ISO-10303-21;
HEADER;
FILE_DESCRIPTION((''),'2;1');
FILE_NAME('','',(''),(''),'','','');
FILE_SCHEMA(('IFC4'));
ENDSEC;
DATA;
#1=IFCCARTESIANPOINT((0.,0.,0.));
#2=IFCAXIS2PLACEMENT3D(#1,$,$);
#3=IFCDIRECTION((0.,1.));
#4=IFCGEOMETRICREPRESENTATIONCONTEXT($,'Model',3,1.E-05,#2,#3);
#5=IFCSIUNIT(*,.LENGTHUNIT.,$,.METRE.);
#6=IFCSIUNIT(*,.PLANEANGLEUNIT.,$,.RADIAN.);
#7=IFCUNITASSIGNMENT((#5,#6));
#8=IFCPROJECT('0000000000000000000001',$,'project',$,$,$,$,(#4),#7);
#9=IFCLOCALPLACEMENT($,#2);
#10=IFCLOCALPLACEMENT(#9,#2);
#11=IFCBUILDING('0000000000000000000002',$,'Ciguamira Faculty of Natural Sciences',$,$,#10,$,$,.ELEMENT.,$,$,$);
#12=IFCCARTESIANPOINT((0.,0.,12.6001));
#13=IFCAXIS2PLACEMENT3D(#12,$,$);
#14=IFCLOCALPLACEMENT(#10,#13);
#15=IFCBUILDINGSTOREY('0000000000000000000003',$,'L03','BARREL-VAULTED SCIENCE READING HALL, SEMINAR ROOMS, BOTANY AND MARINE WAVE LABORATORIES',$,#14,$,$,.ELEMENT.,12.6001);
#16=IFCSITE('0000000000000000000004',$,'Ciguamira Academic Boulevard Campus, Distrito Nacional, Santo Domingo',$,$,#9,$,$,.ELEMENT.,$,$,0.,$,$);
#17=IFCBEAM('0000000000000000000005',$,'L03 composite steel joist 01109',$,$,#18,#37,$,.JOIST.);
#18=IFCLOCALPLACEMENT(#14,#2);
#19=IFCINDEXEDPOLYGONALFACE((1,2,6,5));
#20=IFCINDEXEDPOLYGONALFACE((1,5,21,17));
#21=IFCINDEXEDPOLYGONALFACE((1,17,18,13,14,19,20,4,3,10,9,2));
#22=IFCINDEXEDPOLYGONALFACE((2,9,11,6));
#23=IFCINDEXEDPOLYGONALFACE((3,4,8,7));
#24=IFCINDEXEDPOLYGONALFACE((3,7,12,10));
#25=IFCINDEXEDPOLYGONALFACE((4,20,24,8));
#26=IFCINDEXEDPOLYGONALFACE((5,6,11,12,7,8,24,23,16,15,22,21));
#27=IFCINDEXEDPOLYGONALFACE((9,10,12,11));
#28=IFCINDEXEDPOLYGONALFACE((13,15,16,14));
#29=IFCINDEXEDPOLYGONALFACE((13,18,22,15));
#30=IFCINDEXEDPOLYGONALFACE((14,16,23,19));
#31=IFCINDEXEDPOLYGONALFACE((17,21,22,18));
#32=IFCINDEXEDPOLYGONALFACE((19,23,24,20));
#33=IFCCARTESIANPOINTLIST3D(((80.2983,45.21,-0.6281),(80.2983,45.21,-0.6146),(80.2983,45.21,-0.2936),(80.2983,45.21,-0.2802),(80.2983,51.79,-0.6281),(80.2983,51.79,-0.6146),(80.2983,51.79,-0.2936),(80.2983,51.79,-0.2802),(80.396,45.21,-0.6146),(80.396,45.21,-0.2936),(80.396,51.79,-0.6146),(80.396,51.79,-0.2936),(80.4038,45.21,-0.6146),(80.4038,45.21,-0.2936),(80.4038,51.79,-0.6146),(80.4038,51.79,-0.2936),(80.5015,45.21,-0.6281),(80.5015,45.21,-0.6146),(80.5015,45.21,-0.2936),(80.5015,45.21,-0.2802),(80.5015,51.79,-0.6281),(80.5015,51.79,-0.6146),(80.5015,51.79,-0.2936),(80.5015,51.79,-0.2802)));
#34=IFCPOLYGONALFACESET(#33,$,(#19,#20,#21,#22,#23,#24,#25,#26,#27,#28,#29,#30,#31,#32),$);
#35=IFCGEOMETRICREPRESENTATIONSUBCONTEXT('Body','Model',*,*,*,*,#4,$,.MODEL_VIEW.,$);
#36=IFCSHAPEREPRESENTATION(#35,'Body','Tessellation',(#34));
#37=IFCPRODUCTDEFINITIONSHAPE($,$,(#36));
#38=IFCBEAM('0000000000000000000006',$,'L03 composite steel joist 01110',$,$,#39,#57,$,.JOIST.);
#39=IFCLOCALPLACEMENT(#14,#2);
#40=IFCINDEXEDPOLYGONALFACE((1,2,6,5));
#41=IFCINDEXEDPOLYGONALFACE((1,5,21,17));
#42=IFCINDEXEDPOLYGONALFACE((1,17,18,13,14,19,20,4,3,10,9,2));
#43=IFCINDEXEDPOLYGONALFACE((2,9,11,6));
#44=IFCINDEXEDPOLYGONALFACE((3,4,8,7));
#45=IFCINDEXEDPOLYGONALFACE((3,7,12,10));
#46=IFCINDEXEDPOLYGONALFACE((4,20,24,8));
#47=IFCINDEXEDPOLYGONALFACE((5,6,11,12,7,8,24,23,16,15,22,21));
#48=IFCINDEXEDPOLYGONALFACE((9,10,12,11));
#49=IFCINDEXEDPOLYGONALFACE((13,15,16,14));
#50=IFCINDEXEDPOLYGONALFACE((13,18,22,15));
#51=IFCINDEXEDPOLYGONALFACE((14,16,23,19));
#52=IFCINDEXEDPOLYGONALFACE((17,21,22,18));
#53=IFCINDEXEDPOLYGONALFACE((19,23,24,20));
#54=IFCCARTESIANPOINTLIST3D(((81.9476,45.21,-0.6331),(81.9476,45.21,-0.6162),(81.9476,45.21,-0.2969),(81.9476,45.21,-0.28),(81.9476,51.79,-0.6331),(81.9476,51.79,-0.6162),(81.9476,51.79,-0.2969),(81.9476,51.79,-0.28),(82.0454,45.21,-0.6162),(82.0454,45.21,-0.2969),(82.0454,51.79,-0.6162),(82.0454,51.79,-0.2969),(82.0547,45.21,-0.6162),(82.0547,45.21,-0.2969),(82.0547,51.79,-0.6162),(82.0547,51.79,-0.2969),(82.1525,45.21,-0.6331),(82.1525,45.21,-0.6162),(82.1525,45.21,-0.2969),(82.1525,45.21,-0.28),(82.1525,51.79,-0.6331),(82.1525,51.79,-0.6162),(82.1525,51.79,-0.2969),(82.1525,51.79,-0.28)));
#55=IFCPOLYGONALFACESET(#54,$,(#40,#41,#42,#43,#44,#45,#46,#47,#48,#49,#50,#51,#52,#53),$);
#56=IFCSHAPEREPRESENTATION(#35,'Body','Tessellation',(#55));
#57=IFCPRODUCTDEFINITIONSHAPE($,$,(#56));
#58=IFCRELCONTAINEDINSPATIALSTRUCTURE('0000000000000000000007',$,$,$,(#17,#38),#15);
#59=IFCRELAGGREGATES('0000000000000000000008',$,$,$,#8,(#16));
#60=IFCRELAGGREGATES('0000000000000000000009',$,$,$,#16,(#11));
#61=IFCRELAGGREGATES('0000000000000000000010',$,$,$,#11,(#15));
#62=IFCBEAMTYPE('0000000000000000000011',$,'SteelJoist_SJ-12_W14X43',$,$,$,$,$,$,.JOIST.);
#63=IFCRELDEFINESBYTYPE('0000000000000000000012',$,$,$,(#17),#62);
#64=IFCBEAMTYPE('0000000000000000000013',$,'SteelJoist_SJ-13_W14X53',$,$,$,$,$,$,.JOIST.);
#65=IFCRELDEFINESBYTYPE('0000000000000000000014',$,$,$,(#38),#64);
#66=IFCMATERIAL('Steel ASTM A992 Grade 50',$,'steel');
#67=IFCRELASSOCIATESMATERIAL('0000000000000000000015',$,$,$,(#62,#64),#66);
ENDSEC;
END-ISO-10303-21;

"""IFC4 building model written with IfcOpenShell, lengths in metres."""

from ifc_helpers import new_model, si_unit, direction, frame, origin, origin_2d, place, context, subcontext, project, spatial, i_section, extrude, material, material_profile, profile_set, type_object, element, save


model = new_model("IFC4")

# Units and contexts
model_context = context("Model", 3, precision=1e-05, world=origin(), true_north=direction((0.0, 1.0)))
body_context = subcontext(model_context, "Body", "Model", "MODEL_VIEW")
ifc_project = project(units=[si_unit("LENGTHUNIT", "METRE"), si_unit("PLANEANGLEUNIT", "RADIAN")], contexts=[model_context])

# Site, building, storey
site_placement = place(None, origin())
site = spatial("IfcSite", under=ifc_project, at=site_placement, Name="Ciguamira Academic Boulevard Campus, Distrito Nacional, Santo Domingo", CompositionType="ELEMENT", RefElevation=0.0)
building_placement = place(site_placement, origin())
building = spatial("IfcBuilding", under=site, at=building_placement, Name="Ciguamira Faculty of Natural Sciences", CompositionType="ELEMENT")
storey_placement = place(building_placement, frame((0.0, 0.0, 12.6001)))
storey = spatial("IfcBuildingStorey", under=building, at=storey_placement, Name="L03", Description="BARREL-VAULTED SCIENCE READING HALL, SEMINAR ROOMS, BOTANY AND MARINE WAVE LABORATORIES", CompositionType="ELEMENT", Elevation=12.6001)

# Beams
ifc_material_1 = material(Name="Steel ASTM A992 Grade 50", Category="steel")
ifc_material_profile_1 = material_profile(ifc_material_1, i_section(OverallWidth=0.2031, OverallDepth=0.3479, WebThickness=0.0078, FlangeThickness=0.0134, at=origin_2d()), Name="W14X43")
ifc_profile_set_1 = profile_set([ifc_material_profile_1], Name="Steel ASTM A992 Grade 50")
beam_type_1 = type_object("IfcBeamType", Name="SteelJoist_SJ-12_W14X43", PredefinedType="JOIST", material=ifc_profile_set_1)
beam_1_placement = place(storey_placement, frame((80.3999, 45.21, -0.4541), z_axis=(0.0, 1.0, 0.0), x_axis=(-1.0, 0.0, 0.0)))
element("IfcBeam", 1, at=beam_1_placement, inside=storey, type_object=beam_type_1, Name="L03 composite steel joist 01109", PredefinedType="JOIST", context=body_context, shape_type="SweptSolid", body=[
    extrude(i_section(OverallWidth=0.2031, OverallDepth=0.3479, WebThickness=0.0078, FlangeThickness=0.0134, at=origin_2d()), origin(), (0.0, 0.0, 1.0), 6.5801),
])
ifc_material_profile_2 = material_profile(ifc_material_1, i_section(OverallWidth=0.2048, OverallDepth=0.353, WebThickness=0.0093, FlangeThickness=0.0168, at=origin_2d()), Name="W14X53")
ifc_profile_set_2 = profile_set([ifc_material_profile_2], Name="Steel ASTM A992 Grade 50")
beam_type_2 = type_object("IfcBeamType", Name="SteelJoist_SJ-13_W14X53", PredefinedType="JOIST", material=ifc_profile_set_2)
beam_2_placement = place(storey_placement, frame((82.05, 45.21, -0.4565), z_axis=(0.0, 1.0, 0.0), x_axis=(-1.0, 0.0, 0.0)))
element("IfcBeam", 2, at=beam_2_placement, inside=storey, type_object=beam_type_2, Name="L03 composite steel joist 01110", PredefinedType="JOIST", context=body_context, shape_type="SweptSolid", body=[
    extrude(i_section(OverallWidth=0.2048, OverallDepth=0.353, WebThickness=0.0093, FlangeThickness=0.0168, at=origin_2d()), origin(), (0.0, 0.0, 1.0), 6.5801),
])

save(model, "model.ifc")
